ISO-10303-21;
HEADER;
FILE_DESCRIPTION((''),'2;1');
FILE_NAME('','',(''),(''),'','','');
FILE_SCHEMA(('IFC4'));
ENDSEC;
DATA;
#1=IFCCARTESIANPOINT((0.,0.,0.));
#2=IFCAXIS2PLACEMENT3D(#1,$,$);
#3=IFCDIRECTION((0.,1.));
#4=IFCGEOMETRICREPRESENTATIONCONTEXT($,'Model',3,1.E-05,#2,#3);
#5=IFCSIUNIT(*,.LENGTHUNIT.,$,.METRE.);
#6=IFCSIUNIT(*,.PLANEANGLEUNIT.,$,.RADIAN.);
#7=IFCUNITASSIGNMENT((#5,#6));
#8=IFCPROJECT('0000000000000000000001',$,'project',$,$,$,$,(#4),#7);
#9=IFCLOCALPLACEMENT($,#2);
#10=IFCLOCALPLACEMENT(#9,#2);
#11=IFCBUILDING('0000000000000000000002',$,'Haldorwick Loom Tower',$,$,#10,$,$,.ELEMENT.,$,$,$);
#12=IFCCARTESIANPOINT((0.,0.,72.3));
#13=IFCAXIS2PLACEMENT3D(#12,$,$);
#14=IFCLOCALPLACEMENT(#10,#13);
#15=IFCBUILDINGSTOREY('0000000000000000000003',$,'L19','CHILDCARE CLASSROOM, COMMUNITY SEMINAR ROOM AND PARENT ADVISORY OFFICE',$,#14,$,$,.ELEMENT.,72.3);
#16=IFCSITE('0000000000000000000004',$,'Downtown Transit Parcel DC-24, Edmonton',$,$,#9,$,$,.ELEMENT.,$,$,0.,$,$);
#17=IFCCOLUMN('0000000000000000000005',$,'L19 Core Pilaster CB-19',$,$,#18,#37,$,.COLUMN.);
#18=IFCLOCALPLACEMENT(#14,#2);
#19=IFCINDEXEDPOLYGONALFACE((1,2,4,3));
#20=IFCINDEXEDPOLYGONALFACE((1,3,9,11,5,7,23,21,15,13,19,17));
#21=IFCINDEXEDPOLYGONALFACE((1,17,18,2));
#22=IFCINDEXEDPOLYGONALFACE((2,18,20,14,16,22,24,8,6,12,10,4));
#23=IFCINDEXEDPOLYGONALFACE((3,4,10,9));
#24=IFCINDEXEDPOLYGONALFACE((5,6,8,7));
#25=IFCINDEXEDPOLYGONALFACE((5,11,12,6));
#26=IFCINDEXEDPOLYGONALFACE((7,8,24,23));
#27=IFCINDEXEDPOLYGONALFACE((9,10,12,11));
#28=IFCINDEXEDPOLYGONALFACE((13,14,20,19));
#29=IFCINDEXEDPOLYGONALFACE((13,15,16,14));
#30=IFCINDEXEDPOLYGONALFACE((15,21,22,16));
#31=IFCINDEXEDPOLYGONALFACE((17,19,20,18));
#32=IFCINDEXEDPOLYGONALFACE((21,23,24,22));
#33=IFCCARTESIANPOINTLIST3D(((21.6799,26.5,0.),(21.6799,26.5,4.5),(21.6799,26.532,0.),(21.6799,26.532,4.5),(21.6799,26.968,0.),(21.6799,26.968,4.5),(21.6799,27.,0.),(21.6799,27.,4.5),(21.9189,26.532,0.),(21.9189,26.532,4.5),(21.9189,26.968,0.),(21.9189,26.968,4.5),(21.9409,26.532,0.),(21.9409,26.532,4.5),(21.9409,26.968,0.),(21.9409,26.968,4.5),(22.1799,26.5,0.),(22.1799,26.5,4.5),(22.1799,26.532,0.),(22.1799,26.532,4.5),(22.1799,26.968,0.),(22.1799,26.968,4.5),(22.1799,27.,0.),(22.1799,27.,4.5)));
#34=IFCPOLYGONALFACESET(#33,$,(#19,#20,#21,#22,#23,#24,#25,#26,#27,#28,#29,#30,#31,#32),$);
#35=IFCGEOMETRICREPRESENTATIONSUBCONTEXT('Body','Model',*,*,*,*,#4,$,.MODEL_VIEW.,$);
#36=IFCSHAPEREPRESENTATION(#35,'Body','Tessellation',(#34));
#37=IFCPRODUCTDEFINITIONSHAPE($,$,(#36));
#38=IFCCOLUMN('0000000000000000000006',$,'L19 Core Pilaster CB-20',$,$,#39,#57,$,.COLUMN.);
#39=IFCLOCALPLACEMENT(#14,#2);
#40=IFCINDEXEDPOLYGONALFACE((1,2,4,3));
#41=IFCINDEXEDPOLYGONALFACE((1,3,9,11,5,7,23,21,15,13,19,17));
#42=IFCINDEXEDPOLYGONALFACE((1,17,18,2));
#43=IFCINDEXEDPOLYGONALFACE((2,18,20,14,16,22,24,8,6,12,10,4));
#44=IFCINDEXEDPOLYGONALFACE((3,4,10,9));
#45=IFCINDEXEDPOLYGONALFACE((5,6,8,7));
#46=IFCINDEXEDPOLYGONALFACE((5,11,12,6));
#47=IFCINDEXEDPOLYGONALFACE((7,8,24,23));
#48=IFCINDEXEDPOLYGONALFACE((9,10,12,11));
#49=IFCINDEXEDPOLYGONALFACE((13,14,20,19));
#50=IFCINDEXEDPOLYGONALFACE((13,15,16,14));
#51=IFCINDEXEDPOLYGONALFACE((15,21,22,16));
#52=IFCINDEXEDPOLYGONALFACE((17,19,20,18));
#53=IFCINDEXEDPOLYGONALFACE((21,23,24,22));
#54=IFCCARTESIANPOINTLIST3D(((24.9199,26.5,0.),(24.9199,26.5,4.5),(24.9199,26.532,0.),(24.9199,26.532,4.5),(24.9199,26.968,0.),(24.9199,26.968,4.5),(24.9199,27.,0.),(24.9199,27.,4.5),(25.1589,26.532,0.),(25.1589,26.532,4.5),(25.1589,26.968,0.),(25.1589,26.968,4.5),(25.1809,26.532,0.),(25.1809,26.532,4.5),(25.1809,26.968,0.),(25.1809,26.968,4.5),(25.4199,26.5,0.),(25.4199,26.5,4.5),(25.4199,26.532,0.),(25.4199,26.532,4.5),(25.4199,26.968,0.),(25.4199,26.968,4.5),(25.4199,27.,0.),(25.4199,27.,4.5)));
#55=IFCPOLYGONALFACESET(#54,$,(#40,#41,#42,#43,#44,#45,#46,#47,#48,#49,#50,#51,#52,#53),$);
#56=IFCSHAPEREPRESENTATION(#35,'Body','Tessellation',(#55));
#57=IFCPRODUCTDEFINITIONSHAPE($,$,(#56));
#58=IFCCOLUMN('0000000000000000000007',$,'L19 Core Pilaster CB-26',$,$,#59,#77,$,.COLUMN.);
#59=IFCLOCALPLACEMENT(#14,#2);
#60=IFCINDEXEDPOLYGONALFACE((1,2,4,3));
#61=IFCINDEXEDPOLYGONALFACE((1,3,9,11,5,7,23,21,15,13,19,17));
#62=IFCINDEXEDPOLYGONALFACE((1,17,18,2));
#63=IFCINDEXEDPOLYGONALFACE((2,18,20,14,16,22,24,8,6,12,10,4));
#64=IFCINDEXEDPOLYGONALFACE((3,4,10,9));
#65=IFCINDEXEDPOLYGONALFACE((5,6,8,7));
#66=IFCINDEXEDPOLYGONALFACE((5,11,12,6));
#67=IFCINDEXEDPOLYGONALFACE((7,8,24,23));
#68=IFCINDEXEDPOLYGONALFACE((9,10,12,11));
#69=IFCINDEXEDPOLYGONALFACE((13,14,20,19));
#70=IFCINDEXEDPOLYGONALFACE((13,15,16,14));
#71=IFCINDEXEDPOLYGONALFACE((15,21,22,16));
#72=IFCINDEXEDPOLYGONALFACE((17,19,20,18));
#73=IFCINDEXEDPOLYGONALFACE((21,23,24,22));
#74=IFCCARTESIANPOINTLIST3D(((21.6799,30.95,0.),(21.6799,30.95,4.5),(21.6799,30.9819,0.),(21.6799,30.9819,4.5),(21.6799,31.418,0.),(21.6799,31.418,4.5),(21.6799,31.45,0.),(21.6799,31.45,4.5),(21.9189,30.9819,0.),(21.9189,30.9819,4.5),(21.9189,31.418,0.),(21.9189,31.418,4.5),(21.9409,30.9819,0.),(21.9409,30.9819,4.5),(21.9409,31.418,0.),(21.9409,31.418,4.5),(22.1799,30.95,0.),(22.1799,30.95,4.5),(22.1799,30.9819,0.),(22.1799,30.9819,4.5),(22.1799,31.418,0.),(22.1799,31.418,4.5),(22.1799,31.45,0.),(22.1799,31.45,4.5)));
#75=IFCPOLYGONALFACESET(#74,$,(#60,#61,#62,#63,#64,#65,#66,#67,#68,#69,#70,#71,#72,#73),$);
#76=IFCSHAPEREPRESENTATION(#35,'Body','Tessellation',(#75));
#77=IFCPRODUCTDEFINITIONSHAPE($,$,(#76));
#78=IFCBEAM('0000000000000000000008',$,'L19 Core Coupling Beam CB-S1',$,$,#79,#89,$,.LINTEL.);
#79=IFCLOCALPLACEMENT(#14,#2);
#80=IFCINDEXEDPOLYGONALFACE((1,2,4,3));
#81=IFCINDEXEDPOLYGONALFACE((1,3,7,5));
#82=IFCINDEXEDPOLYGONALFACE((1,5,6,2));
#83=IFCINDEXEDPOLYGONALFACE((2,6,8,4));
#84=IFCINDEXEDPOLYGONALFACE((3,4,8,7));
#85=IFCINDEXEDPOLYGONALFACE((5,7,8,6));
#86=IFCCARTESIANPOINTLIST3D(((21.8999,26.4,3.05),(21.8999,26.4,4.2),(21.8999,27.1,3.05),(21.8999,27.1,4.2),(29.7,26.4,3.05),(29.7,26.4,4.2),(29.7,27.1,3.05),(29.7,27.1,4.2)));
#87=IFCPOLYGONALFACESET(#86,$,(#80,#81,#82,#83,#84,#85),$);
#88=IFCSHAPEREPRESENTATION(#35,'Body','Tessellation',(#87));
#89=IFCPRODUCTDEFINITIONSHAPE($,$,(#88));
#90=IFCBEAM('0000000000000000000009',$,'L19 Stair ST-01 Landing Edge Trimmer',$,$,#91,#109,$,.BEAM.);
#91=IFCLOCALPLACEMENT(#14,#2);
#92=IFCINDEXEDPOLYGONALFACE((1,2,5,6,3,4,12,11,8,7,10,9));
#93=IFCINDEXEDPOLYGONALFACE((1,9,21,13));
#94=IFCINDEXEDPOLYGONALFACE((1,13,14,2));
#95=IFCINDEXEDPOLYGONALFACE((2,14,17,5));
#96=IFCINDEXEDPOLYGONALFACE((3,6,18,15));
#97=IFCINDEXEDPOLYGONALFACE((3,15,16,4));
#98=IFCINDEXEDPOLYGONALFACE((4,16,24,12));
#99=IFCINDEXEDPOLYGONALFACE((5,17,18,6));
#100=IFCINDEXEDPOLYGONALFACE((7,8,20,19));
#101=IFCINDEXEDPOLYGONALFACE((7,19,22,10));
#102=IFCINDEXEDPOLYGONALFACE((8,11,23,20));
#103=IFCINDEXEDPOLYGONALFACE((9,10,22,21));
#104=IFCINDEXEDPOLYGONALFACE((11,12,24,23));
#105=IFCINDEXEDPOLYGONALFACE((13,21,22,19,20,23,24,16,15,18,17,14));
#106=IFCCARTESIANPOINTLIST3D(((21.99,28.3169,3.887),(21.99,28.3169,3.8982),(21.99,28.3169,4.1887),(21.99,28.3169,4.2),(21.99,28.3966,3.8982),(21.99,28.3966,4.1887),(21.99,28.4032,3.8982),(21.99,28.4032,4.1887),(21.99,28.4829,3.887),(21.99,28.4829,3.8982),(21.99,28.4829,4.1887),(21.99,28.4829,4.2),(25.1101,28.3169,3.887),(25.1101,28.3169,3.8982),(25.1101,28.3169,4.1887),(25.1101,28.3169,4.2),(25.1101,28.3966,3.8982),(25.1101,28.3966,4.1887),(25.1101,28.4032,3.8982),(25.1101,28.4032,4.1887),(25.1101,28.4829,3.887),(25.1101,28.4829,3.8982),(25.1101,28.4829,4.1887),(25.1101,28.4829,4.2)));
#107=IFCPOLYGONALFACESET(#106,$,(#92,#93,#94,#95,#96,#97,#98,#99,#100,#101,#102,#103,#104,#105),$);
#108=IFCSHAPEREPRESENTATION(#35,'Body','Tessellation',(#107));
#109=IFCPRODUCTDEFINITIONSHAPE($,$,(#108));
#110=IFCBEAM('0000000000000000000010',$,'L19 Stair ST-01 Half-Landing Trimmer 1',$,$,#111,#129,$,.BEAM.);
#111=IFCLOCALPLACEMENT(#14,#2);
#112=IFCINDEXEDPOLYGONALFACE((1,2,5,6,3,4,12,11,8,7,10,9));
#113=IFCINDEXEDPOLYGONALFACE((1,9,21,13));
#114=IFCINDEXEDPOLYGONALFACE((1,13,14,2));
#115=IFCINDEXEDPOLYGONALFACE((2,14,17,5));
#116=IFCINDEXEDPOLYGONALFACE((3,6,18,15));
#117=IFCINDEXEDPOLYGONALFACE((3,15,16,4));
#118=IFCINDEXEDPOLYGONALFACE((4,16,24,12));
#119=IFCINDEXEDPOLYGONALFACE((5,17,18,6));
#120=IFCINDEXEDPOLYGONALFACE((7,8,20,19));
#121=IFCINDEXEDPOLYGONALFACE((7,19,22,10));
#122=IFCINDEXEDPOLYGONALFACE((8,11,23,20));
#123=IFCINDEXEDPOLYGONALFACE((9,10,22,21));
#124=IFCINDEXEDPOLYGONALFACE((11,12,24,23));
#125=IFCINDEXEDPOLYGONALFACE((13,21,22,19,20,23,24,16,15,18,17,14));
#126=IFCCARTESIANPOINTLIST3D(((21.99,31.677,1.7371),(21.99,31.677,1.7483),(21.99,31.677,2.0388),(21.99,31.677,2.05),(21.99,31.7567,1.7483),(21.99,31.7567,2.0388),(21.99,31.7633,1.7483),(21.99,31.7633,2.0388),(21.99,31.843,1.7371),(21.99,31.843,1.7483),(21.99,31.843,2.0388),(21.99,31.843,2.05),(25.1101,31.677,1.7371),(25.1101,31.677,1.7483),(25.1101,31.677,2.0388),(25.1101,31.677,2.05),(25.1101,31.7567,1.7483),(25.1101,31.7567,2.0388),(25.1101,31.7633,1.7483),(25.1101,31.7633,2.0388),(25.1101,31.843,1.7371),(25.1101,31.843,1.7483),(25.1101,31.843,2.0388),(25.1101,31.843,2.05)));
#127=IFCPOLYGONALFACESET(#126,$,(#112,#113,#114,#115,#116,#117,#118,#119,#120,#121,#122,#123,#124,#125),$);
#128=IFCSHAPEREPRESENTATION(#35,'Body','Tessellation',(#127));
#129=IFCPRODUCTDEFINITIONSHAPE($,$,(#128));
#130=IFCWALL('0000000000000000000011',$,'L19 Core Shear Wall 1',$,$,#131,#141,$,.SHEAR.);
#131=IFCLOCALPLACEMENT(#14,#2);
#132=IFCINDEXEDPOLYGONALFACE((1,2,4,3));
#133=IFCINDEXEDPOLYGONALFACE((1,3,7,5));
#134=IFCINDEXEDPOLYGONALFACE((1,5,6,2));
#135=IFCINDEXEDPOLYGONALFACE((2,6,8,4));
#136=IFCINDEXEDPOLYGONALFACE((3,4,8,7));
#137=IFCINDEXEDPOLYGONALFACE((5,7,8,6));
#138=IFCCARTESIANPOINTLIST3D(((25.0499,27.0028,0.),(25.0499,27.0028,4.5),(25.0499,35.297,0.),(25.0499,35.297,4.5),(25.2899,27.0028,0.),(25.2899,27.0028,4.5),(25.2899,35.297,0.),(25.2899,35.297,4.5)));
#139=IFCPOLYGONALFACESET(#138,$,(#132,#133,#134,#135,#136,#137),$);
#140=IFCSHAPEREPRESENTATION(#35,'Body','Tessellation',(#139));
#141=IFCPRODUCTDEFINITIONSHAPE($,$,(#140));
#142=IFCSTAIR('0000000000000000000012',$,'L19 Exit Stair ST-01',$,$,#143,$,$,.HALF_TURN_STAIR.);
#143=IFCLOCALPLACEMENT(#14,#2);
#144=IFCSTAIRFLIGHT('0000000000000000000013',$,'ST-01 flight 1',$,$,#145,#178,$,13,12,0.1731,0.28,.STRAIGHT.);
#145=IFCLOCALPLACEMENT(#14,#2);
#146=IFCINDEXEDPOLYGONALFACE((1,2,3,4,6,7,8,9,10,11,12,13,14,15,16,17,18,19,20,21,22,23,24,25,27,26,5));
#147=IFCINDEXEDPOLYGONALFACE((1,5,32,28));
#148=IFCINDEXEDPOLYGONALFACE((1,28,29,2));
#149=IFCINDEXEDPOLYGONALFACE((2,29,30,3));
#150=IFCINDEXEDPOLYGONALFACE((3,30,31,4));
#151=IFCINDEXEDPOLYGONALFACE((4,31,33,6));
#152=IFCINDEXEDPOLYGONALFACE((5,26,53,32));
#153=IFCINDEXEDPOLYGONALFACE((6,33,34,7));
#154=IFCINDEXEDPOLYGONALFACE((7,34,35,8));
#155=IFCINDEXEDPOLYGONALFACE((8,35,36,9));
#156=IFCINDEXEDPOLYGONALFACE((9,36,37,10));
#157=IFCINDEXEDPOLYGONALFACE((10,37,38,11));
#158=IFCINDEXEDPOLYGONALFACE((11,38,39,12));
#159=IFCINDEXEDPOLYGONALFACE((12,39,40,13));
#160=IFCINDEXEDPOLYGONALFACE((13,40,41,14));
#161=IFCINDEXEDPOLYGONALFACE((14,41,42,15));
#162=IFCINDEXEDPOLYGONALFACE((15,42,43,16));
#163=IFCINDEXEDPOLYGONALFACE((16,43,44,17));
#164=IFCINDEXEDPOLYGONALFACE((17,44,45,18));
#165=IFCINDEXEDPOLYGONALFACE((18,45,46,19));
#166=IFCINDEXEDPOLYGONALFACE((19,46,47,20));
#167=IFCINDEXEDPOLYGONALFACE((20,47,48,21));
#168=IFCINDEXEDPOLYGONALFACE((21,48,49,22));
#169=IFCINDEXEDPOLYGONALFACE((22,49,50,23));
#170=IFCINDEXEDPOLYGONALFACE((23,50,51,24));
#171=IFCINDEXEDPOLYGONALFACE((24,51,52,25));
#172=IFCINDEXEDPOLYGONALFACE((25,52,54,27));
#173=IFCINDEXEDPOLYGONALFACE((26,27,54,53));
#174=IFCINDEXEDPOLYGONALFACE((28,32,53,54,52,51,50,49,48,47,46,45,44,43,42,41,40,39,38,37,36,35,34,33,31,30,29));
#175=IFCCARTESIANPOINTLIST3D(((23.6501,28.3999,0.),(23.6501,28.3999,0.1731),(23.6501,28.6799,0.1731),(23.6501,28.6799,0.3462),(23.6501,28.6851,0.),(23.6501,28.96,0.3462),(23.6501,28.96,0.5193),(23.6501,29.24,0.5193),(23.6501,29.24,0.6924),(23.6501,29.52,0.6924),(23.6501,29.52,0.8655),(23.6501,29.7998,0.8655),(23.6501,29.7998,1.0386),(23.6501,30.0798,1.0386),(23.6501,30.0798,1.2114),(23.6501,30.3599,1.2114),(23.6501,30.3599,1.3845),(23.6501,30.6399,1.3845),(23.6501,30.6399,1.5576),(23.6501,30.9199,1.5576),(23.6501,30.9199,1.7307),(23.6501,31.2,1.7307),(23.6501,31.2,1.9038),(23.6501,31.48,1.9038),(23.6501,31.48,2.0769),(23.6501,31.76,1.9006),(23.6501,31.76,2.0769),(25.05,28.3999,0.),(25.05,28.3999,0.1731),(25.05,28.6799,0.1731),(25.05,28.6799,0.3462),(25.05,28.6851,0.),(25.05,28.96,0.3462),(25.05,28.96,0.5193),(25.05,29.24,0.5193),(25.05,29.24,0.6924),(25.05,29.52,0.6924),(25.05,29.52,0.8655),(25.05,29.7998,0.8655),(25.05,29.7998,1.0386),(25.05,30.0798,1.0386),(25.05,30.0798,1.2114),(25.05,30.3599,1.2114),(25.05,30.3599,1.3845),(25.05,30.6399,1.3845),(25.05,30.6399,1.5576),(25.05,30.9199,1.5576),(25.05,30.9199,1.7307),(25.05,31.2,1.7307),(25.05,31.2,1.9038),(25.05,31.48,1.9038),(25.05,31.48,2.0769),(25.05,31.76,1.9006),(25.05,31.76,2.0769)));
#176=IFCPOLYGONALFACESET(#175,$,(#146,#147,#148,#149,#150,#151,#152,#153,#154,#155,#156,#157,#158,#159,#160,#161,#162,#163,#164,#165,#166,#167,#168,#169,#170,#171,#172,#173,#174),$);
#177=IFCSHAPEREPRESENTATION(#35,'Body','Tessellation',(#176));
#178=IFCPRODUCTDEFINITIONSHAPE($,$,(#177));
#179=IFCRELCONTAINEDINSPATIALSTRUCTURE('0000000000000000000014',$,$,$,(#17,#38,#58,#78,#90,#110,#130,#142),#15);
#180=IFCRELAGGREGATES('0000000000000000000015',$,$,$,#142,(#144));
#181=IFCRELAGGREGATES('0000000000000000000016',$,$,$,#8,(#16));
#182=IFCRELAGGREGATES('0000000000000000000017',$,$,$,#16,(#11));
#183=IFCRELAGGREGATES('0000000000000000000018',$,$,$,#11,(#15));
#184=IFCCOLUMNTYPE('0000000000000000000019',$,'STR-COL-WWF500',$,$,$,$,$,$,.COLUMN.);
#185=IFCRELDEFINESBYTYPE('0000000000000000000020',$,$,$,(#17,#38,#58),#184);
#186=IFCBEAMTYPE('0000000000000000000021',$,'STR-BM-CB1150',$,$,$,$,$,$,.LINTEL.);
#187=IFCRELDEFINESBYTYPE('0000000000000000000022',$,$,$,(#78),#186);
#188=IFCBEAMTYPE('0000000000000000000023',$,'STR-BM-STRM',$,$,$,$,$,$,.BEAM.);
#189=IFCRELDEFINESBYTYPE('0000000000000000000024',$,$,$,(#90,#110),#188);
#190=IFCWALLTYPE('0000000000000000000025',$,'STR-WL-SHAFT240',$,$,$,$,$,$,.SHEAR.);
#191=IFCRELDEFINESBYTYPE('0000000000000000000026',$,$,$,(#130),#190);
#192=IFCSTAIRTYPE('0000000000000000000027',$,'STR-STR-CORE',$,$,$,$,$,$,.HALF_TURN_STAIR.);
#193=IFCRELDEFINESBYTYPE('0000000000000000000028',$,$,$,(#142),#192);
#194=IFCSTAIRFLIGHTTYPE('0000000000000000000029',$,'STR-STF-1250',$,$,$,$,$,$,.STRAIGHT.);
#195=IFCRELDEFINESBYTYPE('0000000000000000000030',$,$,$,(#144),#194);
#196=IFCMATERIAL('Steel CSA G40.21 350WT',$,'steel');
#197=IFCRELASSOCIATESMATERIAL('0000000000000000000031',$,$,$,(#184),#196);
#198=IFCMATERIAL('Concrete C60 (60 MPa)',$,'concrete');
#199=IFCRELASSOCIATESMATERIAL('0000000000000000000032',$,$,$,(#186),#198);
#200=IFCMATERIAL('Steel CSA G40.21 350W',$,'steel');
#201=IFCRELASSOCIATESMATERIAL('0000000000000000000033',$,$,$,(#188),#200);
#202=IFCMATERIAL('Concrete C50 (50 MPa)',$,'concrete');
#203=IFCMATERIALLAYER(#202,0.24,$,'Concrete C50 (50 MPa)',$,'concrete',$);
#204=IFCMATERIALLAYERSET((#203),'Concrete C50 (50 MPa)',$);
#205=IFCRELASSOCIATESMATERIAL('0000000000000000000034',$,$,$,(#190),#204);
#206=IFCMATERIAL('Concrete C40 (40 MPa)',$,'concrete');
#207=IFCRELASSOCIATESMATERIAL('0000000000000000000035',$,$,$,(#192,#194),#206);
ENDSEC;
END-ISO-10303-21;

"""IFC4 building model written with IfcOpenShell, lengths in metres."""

from ifc_helpers import new_model, si_unit, direction, frame, frame_2d, origin, origin_2d, place, context, subcontext, project, spatial, polyline, rectangle, i_section, outline, extrude, material, layer, layer_set, material_profile, profile_set, type_object, element, aggregate, save


model = new_model("IFC4")

# Units and contexts
model_context = context("Model", 3, precision=1e-05, world=origin(), true_north=direction((0.0, 1.0)))
body_context = subcontext(model_context, "Body", "Model", "MODEL_VIEW")
ifc_project = project(units=[si_unit("LENGTHUNIT", "METRE"), si_unit("PLANEANGLEUNIT", "RADIAN")], contexts=[model_context])

# Site, building, storey
site_placement = place(None, origin())
site = spatial("IfcSite", under=ifc_project, at=site_placement, Name="Downtown Transit Parcel DC-24, Edmonton", CompositionType="ELEMENT", RefElevation=0.0)
building_placement = place(site_placement, origin())
building = spatial("IfcBuilding", under=site, at=building_placement, Name="Haldorwick Loom Tower", CompositionType="ELEMENT")
storey_placement = place(building_placement, frame((0.0, 0.0, 72.3)))
storey = spatial("IfcBuildingStorey", under=building, at=storey_placement, Name="L19", Description="CHILDCARE CLASSROOM, COMMUNITY SEMINAR ROOM AND PARENT ADVISORY OFFICE", CompositionType="ELEMENT", Elevation=72.3)

# Columns
ifc_material_1 = material(Name="Steel CSA G40.21 350WT", Category="steel")
ifc_material_profile_1 = material_profile(ifc_material_1, i_section(OverallWidth=0.5, OverallDepth=0.5, WebThickness=0.022, FlangeThickness=0.032, at=origin_2d()), Name="WWF500X500", Category="steel")
ifc_profile_set_1 = profile_set([ifc_material_profile_1], Name="Steel CSA G40.21 350WT")
column_type = type_object("IfcColumnType", Name="STR-COL-WWF500", PredefinedType="COLUMN", material=ifc_profile_set_1)
for number, where, z_axis, x_axis, name in (
    (1, (21.9299, 26.75, 0.0), (0.0, 0.0, 1.0), (1.0, 0.0, 0.0), "L19 Core Pilaster CB-19"),
    (2, (25.1699, 26.75, 0.0), (0.0, 0.0, 1.0), (1.0, 0.0, 0.0), "L19 Core Pilaster CB-20"),
    (3, (21.9299, 31.2, 0.0), (0.0, 0.0, 1.0), (1.0, 0.0, 0.0), "L19 Core Pilaster CB-26"),
):
    element("IfcColumn", number, at=place(storey_placement, frame(where, z_axis=z_axis, x_axis=x_axis)), inside=storey, type_object=column_type, Name=name, PredefinedType="COLUMN", context=body_context, shape_type="SweptSolid", body=[
        extrude(i_section(OverallWidth=0.5, OverallDepth=0.5, WebThickness=0.022, FlangeThickness=0.032, at=origin_2d()), origin(), (0.0, 0.0, 1.0), 4.5),
    ])

# Beams
ifc_material_2 = material(Name="Concrete C60 (60 MPa)", Category="concrete")
ifc_material_profile_2 = material_profile(ifc_material_2, rectangle(XDim=0.7, YDim=1.1499, at=origin_2d()), Name="RC700X1150", Category="concrete")
ifc_profile_set_2 = profile_set([ifc_material_profile_2], Name="Concrete C60 (60 MPa)")
beam_type_1 = type_object("IfcBeamType", Name="STR-BM-CB1150", PredefinedType="LINTEL", material=ifc_profile_set_2)
beam_placement = place(storey_placement, frame((21.8999, 26.75, 3.625), z_axis=(1.0, 0.0, 0.0), x_axis=(0.0, 1.0, 0.0)))
element("IfcBeam", 4, at=beam_placement, inside=storey, type_object=beam_type_1, Name="L19 Core Coupling Beam CB-S1", PredefinedType="LINTEL", context=body_context, shape_type="SweptSolid", body=[
    extrude(rectangle(XDim=0.7, YDim=1.1499, at=origin_2d()), origin(), (0.0, 0.0, 1.0), 7.8),
])
ifc_material_3 = material(Name="Steel CSA G40.21 350W", Category="steel")
ifc_material_profile_3 = material_profile(ifc_material_3, i_section(OverallWidth=0.166, OverallDepth=0.313, WebThickness=0.0066, FlangeThickness=0.0112, at=origin_2d()), Name="W310X45", Category="steel")
ifc_profile_set_3 = profile_set([ifc_material_profile_3], Name="Steel CSA G40.21 350W")
beam_type_2 = type_object("IfcBeamType", Name="STR-BM-STRM", PredefinedType="BEAM", material=ifc_profile_set_3)
for number, where, z_axis, x_axis, name in (
    (5, (21.99, 28.3999, 4.0435), (1.0, 0.0, 0.0), (0.0, 1.0, 0.0), "L19 Stair ST-01 Landing Edge Trimmer"),
    (6, (21.99, 31.76, 1.8936), (1.0, 0.0, 0.0), (0.0, 1.0, 0.0), "L19 Stair ST-01 Half-Landing Trimmer 1"),
):
    element("IfcBeam", number, at=place(storey_placement, frame(where, z_axis=z_axis, x_axis=x_axis)), inside=storey, type_object=beam_type_2, Name=name, PredefinedType="BEAM", context=body_context, shape_type="SweptSolid", body=[
        extrude(i_section(OverallWidth=0.166, OverallDepth=0.313, WebThickness=0.0066, FlangeThickness=0.0112, at=origin_2d()), origin(), (0.0, 0.0, 1.0), 3.1201),
    ])

# Wall
ifc_material_4 = material(Name="Concrete C50 (50 MPa)", Category="concrete")
ifc_layer = layer(ifc_material_4, 0.24, Name="Concrete C50 (50 MPa)", Category="concrete")
ifc_layer_set = layer_set([ifc_layer], Name="Concrete C50 (50 MPa)")
wall_type = type_object("IfcWallType", Name="STR-WL-SHAFT240", PredefinedType="SHEAR", material=ifc_layer_set)
wall_placement = place(storey_placement, frame((25.1699, 27.0029, 0.0), z_axis=(0.0, 0.0, 1.0), x_axis=(0.0, 1.0, 0.0)))
element("IfcWall", 7, at=wall_placement, inside=storey, type_object=wall_type, Name="L19 Core Shear Wall 1", PredefinedType="SHEAR", context=body_context, shape_type="SweptSolid", body=[
    extrude(rectangle(XDim=8.2942, YDim=0.24, at=frame_2d((4.147, 0.0))), origin(), (0.0, 0.0, 1.0), 4.5),
])

# Stair, stair flight
ifc_material_5 = material(Name="Concrete C40 (40 MPa)", Category="concrete")
stair_type = type_object("IfcStairType", Name="STR-STR-CORE", PredefinedType="HALF_TURN_STAIR", material=ifc_material_5)
stair_placement = place(storey_placement, origin())
stair = element("IfcStair", 8, at=stair_placement, inside=storey, type_object=stair_type, Name="L19 Exit Stair ST-01", PredefinedType="HALF_TURN_STAIR")
stair_flight_type = type_object("IfcStairFlightType", Name="STR-STF-1250", PredefinedType="STRAIGHT", material=ifc_material_5)
stair_flight_1_placement = place(storey_placement, frame((24.3501, 28.3999, 0.0), z_axis=(0.0, 0.0, 1.0), x_axis=(0.0, 1.0, 0.0)))
stair_flight_1 = element("IfcStairFlight", 9, at=stair_flight_1_placement, type_object=stair_flight_type, Name="ST-01 flight 1", NumberOfRisers=13, NumberOfTreads=12, PredefinedType="STRAIGHT", RiserHeight=0.1731, TreadLength=0.28, context=body_context, shape_type="SweptSolid", body=[
    extrude(outline(polyline([(0.0, 0.0), (0.0, 0.1731), (0.28, 0.1731), (0.28, 0.3462), (0.5601, 0.3462), (0.5601, 0.5193), (0.8401, 0.5193), (0.8401, 0.6924), (1.1201, 0.6924), (1.1201, 0.8655), (1.3999, 0.8655), (1.3999, 1.0386), (1.6799, 1.0386), (1.6799, 1.2114), (1.96, 1.2114), (1.96, 1.3845), (2.24, 1.3845), (2.24, 1.5576), (2.52, 1.5576), (2.52, 1.7307), (2.8, 1.7307), (2.8, 1.9038), (3.0801, 1.9038), (3.0801, 2.0769), (3.3601, 2.0769), (3.3601, 2.25), (3.3601, 1.9006), (0.2852, 0.0), (0.0, 0.0)])), frame((0.0, 0.7, 0.0), z_axis=(0.0, -1.0, 0.0), x_axis=(1.0, 0.0, 0.0)), (0.0, 0.0, 1.0), 1.3999),
])
aggregate(stair, [stair_flight_1])

save(model, "model.ifc")
